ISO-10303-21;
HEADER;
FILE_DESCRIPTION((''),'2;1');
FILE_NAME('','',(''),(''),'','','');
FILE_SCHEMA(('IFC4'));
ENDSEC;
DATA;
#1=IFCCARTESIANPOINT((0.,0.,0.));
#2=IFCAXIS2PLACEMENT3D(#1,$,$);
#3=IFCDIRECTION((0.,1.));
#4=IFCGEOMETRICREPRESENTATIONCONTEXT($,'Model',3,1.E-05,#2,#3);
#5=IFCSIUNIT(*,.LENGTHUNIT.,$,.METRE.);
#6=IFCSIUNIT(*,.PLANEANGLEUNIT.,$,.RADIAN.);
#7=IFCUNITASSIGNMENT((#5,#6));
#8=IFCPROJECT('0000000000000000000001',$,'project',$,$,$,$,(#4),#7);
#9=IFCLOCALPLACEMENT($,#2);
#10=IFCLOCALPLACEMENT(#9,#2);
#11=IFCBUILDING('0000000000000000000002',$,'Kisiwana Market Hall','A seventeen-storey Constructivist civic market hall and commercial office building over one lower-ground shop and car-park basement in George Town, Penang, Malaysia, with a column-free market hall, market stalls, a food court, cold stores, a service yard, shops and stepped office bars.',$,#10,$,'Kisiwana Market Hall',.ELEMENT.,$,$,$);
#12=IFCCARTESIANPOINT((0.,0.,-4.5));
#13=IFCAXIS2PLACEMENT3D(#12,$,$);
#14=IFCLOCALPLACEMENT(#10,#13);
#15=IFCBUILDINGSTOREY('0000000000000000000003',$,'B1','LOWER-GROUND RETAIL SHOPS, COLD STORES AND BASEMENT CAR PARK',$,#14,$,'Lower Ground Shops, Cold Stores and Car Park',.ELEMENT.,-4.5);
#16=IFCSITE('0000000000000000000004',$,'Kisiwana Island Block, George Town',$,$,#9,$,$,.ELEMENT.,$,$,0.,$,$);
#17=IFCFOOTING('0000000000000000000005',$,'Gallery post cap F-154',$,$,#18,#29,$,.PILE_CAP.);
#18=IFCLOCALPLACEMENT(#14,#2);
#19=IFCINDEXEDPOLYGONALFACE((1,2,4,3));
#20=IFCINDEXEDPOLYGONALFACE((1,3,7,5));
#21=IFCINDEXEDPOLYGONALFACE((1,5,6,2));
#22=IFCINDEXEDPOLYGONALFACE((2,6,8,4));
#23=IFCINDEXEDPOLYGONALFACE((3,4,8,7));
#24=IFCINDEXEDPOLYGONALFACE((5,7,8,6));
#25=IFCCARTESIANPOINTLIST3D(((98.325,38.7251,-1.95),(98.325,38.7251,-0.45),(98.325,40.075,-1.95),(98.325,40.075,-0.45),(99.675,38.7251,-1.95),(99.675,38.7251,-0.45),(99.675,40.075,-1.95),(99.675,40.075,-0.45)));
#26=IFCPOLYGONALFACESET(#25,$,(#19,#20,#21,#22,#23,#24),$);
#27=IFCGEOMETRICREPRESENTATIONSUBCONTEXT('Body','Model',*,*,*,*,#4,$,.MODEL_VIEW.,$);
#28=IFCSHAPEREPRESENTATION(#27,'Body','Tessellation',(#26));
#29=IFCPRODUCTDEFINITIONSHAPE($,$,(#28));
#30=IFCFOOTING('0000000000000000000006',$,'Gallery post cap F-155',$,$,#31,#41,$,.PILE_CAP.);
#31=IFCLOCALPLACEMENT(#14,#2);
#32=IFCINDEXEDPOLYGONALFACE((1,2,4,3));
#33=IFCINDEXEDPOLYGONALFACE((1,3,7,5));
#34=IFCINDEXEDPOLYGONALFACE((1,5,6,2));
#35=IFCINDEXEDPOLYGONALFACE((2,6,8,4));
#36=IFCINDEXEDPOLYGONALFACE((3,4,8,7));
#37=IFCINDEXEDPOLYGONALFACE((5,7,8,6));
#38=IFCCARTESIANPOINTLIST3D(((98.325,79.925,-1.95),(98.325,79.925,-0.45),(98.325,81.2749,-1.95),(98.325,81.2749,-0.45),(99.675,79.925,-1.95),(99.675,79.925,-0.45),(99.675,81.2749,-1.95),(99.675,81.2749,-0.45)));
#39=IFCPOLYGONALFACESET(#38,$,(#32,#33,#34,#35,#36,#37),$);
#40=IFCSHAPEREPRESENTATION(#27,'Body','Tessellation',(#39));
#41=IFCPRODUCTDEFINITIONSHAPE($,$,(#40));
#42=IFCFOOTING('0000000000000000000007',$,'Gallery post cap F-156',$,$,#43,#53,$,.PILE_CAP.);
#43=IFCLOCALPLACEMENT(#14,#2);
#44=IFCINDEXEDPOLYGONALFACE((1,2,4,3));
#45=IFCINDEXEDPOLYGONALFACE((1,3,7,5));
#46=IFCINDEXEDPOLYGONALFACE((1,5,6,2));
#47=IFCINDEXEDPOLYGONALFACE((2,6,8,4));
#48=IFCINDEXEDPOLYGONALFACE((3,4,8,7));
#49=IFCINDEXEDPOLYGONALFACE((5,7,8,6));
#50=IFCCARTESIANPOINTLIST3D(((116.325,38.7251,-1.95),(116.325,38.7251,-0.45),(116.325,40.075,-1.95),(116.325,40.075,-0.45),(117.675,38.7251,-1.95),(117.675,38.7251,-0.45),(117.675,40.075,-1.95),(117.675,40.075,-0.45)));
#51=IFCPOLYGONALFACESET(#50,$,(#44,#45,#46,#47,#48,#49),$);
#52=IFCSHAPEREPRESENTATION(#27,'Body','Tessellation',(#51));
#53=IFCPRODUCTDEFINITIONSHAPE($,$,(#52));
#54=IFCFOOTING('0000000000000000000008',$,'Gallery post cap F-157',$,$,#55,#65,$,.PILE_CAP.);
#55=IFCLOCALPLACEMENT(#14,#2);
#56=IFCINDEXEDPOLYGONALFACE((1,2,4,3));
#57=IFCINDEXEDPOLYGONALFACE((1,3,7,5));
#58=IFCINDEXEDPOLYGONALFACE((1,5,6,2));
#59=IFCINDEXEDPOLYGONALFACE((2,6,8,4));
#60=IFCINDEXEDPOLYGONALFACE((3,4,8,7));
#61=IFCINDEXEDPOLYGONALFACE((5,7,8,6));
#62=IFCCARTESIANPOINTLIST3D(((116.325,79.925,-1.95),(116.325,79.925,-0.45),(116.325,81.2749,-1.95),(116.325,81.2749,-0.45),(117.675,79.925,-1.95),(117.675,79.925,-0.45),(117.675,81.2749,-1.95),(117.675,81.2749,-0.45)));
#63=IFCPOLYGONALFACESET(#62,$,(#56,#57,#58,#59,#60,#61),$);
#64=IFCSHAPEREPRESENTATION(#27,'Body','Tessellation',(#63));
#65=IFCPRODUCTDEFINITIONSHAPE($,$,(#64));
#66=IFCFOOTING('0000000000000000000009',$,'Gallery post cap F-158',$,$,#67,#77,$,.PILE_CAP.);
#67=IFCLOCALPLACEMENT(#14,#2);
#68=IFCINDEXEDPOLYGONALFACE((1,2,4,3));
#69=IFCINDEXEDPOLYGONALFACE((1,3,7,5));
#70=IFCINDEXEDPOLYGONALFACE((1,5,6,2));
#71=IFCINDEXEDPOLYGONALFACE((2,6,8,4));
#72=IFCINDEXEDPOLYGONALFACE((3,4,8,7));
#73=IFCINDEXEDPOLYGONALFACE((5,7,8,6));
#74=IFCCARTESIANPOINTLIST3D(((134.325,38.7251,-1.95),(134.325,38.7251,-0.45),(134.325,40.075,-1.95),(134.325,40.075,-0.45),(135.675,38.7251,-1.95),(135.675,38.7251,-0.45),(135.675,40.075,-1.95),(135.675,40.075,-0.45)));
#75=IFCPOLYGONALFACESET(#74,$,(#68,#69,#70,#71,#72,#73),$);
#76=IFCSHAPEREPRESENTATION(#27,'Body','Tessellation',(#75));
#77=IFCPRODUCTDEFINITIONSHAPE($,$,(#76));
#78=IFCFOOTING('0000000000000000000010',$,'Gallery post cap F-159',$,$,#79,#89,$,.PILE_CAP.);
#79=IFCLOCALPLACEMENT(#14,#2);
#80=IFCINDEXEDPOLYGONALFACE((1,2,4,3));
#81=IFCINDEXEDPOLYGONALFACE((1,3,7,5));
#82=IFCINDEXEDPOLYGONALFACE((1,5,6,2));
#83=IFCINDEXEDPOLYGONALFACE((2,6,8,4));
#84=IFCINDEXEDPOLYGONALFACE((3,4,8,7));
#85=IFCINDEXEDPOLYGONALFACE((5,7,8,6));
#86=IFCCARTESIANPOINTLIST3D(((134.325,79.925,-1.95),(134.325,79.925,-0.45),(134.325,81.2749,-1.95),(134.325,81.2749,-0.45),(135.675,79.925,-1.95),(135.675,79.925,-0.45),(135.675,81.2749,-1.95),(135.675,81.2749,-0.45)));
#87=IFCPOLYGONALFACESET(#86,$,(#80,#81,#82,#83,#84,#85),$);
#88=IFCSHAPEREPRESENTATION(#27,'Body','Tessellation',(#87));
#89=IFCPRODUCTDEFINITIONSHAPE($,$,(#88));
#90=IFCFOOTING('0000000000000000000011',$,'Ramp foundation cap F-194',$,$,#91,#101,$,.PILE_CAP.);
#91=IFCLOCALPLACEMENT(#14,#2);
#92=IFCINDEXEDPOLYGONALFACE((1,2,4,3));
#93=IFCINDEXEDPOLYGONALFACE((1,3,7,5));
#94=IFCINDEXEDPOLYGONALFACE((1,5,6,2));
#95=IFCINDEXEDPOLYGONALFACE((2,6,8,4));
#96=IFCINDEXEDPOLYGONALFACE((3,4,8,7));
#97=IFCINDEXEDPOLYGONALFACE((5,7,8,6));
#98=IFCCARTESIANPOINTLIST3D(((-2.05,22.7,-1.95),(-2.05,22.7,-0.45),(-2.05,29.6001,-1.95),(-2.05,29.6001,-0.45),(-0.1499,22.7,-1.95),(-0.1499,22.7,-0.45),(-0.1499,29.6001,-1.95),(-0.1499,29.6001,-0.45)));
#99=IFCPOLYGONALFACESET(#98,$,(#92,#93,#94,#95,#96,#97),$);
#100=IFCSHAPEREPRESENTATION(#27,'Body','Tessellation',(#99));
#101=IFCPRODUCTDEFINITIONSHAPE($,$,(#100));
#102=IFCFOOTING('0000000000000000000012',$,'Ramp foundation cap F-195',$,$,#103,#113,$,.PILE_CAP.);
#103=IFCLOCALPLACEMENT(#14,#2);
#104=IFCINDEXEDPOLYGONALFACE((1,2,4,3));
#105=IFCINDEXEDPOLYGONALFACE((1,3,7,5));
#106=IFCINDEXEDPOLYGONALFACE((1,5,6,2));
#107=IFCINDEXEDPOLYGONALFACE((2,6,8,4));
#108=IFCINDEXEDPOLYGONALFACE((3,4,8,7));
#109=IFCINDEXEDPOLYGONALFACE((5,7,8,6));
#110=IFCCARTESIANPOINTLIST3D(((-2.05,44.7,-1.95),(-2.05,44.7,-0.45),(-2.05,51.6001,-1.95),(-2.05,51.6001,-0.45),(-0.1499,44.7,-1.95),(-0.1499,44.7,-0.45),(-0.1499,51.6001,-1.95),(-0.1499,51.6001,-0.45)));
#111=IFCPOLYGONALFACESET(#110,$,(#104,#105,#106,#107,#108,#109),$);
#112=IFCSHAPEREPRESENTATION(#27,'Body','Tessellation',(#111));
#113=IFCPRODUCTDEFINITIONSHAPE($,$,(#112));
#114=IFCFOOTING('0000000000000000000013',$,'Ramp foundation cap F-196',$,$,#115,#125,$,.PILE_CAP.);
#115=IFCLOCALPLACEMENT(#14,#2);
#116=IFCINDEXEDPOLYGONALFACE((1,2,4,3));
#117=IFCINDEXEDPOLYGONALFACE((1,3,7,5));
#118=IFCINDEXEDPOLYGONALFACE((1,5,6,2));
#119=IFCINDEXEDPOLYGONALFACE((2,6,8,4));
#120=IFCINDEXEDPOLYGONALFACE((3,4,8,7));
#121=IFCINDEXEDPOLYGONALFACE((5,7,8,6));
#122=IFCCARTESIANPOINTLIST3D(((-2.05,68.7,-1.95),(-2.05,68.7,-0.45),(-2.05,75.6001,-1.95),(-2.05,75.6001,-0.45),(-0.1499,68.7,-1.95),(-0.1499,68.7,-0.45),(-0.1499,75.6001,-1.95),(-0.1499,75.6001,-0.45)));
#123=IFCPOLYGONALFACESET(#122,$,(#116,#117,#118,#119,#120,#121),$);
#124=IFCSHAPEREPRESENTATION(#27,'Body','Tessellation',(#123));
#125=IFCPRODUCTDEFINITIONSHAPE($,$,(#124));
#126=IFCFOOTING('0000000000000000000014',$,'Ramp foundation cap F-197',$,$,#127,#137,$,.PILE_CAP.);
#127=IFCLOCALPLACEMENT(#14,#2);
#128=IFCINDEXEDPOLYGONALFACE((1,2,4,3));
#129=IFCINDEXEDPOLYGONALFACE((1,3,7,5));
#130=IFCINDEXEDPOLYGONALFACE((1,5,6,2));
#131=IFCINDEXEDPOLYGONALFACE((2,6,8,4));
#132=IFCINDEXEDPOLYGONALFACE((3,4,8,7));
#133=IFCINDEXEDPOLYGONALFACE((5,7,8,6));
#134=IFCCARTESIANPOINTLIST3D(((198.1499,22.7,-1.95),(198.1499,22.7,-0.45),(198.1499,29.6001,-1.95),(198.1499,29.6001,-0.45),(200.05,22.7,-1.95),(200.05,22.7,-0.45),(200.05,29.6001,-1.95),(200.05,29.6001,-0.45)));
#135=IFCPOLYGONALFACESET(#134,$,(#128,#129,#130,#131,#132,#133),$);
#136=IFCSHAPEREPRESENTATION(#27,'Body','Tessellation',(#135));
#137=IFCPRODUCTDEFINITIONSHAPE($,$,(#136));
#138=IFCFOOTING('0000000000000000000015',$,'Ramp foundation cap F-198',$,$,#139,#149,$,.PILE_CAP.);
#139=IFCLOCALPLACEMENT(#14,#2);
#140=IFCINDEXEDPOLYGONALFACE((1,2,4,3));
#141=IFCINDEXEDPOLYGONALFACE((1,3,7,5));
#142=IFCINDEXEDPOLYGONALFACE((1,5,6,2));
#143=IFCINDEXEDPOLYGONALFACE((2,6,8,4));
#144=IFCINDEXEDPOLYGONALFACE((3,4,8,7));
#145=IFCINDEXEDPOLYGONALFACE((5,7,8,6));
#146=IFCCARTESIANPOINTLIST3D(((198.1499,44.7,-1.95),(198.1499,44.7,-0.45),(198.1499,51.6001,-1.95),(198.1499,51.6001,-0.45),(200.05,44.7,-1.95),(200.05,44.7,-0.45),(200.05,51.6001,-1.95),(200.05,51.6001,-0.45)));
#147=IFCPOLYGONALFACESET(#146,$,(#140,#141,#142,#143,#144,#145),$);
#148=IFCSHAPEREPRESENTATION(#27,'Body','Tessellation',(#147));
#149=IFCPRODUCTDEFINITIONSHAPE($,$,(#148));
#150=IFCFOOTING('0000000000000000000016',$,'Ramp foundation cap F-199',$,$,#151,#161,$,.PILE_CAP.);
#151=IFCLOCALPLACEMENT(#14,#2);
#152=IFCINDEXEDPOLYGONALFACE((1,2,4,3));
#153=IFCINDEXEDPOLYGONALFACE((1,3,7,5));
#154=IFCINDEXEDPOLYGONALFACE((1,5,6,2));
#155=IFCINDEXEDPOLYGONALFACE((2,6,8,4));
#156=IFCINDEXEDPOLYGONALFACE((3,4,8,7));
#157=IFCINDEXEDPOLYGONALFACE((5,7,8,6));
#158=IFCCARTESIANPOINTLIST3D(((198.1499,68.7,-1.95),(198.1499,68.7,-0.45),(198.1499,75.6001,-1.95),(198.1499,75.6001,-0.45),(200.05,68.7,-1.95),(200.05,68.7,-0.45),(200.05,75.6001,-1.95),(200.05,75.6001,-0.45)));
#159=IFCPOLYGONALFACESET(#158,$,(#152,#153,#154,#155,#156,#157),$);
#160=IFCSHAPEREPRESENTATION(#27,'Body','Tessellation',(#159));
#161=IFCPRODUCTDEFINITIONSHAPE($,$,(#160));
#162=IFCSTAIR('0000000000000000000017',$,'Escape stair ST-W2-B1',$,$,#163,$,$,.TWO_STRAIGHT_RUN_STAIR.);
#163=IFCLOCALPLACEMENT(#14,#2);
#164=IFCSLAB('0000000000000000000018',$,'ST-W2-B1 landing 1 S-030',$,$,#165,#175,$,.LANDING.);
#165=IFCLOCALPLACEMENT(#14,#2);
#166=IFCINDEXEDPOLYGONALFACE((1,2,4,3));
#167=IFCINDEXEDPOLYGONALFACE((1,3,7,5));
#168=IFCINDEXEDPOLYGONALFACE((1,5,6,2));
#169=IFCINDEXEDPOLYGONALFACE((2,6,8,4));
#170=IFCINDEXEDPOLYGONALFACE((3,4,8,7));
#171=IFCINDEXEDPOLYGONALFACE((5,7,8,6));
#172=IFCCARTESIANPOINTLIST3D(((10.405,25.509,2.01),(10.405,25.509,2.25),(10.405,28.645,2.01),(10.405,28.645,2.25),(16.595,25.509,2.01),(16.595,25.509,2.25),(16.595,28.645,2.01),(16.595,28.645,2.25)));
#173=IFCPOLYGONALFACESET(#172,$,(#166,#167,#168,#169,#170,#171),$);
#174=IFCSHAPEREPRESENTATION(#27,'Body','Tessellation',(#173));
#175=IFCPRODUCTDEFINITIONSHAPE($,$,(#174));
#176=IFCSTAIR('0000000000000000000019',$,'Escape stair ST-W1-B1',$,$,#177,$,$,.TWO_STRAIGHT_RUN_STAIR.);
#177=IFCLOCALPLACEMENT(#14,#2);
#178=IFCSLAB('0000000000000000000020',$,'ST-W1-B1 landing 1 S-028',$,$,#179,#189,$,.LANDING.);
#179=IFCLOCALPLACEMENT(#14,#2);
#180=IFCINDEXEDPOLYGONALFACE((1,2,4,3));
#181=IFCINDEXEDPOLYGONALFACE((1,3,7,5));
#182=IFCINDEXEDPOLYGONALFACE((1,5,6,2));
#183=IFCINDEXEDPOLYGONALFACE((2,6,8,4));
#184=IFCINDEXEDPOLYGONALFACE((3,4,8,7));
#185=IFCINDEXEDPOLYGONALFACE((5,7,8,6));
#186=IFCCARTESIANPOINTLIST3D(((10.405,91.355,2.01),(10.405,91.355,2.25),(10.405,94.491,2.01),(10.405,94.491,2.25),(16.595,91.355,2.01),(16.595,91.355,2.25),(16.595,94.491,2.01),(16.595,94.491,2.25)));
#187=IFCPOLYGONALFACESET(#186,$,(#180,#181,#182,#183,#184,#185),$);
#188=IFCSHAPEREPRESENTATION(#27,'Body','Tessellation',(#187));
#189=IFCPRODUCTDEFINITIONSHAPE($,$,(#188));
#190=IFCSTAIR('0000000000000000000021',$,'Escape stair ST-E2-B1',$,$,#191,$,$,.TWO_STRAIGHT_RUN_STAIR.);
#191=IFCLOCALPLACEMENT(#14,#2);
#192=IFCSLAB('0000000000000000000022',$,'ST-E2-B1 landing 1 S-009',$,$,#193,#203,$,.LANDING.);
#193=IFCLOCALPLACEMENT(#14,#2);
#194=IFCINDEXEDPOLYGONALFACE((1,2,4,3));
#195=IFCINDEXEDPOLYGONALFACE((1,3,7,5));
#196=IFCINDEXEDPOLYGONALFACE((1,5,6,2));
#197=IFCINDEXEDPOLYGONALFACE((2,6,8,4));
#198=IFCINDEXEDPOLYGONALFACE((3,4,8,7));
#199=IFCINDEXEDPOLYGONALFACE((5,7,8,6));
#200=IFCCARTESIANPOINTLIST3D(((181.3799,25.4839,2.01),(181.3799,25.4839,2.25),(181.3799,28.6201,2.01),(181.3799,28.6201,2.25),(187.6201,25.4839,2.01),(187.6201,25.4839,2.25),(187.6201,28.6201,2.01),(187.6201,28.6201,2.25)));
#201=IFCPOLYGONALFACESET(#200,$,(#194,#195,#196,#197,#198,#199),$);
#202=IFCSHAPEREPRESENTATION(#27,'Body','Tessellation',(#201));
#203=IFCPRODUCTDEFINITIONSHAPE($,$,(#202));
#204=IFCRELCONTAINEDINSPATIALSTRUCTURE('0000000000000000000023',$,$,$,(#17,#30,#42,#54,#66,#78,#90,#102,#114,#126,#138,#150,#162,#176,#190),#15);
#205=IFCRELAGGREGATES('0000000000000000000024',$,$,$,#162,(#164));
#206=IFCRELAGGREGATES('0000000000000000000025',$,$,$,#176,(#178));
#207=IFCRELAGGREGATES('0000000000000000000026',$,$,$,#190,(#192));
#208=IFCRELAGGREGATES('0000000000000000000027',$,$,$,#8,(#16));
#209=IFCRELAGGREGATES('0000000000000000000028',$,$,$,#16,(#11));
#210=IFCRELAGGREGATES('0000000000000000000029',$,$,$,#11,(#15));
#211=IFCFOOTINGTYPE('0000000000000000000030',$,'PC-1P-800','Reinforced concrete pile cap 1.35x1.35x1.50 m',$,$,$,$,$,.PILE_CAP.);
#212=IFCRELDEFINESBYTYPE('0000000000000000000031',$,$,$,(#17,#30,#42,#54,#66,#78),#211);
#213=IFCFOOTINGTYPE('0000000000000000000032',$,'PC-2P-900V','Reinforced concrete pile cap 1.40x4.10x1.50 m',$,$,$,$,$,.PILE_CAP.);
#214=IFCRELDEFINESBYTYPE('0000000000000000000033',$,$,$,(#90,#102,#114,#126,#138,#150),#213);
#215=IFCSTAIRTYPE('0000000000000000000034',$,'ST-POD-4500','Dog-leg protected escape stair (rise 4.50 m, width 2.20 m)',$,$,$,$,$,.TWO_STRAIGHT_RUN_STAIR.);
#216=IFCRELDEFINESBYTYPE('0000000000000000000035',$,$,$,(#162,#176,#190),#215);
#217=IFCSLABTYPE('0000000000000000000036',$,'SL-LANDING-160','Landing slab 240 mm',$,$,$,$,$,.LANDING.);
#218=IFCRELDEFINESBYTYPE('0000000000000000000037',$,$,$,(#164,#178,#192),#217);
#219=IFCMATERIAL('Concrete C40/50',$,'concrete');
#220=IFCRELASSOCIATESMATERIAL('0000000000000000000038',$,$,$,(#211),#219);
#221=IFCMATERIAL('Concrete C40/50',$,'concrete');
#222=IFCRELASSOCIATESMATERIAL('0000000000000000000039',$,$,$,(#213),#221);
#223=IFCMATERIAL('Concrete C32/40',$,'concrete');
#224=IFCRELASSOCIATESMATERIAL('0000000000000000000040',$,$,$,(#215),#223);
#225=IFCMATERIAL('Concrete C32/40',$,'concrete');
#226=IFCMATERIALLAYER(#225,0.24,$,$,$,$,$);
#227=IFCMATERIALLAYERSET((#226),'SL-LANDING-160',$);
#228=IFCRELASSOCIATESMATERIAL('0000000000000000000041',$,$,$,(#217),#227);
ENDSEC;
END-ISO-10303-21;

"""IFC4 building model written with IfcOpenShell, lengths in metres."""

from ifc_helpers import new_model, si_unit, direction, frame, origin, place, context, subcontext, project, spatial, polyline, outline, extrude, material, layer, layer_set, type_object, element, aggregate, save


model = new_model("IFC4")

# Units and contexts
model_context = context("Model", 3, precision=1e-05, world=origin(), true_north=direction((0.0, 1.0)))
body_context = subcontext(model_context, "Body", "Model", "MODEL_VIEW")
ifc_project = project(units=[si_unit("LENGTHUNIT", "METRE"), si_unit("PLANEANGLEUNIT", "RADIAN")], contexts=[model_context])

# Site, building, storey
site_placement = place(None, origin())
site = spatial("IfcSite", under=ifc_project, at=site_placement, Name="Kisiwana Island Block, George Town", CompositionType="ELEMENT", RefElevation=0.0)
building_placement = place(site_placement, origin())
building = spatial("IfcBuilding", under=site, at=building_placement, Name="Kisiwana Market Hall", Description="A seventeen-storey Constructivist civic market hall and commercial office building over one lower-ground shop and car-park basement in George Town, Penang, Malaysia, with a column-free market hall, market stalls, a food court, cold stores, a service yard, shops and stepped office bars.", LongName="Kisiwana Market Hall", CompositionType="ELEMENT")
storey_placement = place(building_placement, frame((0.0, 0.0, -4.5)))
storey = spatial("IfcBuildingStorey", under=building, at=storey_placement, Name="B1", Description="LOWER-GROUND RETAIL SHOPS, COLD STORES AND BASEMENT CAR PARK", LongName="Lower Ground Shops, Cold Stores and Car Park", CompositionType="ELEMENT", Elevation=-4.5)

# Footings
ifc_material_1 = material(Name="Concrete C40/50", Category="concrete")
footing_type_1 = type_object("IfcFootingType", Name="PC-1P-800", Description="Reinforced concrete pile cap 1.35x1.35x1.50 m", PredefinedType="PILE_CAP", material=ifc_material_1)
footing_1_placement = place(storey_placement, frame((0.0, 0.0, -1.95)))
element("IfcFooting", 1, at=footing_1_placement, inside=storey, type_object=footing_type_1, Name="Gallery post cap F-154", PredefinedType="PILE_CAP", context=body_context, shape_type="SweptSolid", body=[
    extrude(outline(polyline([(98.325, 38.7251), (99.675, 38.7251), (99.675, 40.075), (98.325, 40.075), (98.325, 38.7251)])), origin(), (0.0, 0.0, 1.0), 1.5),
])
footing_2_placement = place(storey_placement, frame((0.0, 0.0, -1.95)))
element("IfcFooting", 2, at=footing_2_placement, inside=storey, type_object=footing_type_1, Name="Gallery post cap F-155", PredefinedType="PILE_CAP", context=body_context, shape_type="SweptSolid", body=[
    extrude(outline(polyline([(98.325, 79.925), (99.675, 79.925), (99.675, 81.2749), (98.325, 81.2749), (98.325, 79.925)])), origin(), (0.0, 0.0, 1.0), 1.5),
])
footing_3_placement = place(storey_placement, frame((0.0, 0.0, -1.95)))
element("IfcFooting", 3, at=footing_3_placement, inside=storey, type_object=footing_type_1, Name="Gallery post cap F-156", PredefinedType="PILE_CAP", context=body_context, shape_type="SweptSolid", body=[
    extrude(outline(polyline([(116.325, 38.7251), (117.675, 38.7251), (117.675, 40.075), (116.325, 40.075), (116.325, 38.7251)])), origin(), (0.0, 0.0, 1.0), 1.5),
])
footing_4_placement = place(storey_placement, frame((0.0, 0.0, -1.95)))
element("IfcFooting", 4, at=footing_4_placement, inside=storey, type_object=footing_type_1, Name="Gallery post cap F-157", PredefinedType="PILE_CAP", context=body_context, shape_type="SweptSolid", body=[
    extrude(outline(polyline([(116.325, 79.925), (117.675, 79.925), (117.675, 81.2749), (116.325, 81.2749), (116.325, 79.925)])), origin(), (0.0, 0.0, 1.0), 1.5),
])
footing_5_placement = place(storey_placement, frame((0.0, 0.0, -1.95)))
element("IfcFooting", 5, at=footing_5_placement, inside=storey, type_object=footing_type_1, Name="Gallery post cap F-158", PredefinedType="PILE_CAP", context=body_context, shape_type="SweptSolid", body=[
    extrude(outline(polyline([(134.325, 38.7251), (135.675, 38.7251), (135.675, 40.075), (134.325, 40.075), (134.325, 38.7251)])), origin(), (0.0, 0.0, 1.0), 1.5),
])
footing_6_placement = place(storey_placement, frame((0.0, 0.0, -1.95)))
element("IfcFooting", 6, at=footing_6_placement, inside=storey, type_object=footing_type_1, Name="Gallery post cap F-159", PredefinedType="PILE_CAP", context=body_context, shape_type="SweptSolid", body=[
    extrude(outline(polyline([(134.325, 79.925), (135.675, 79.925), (135.675, 81.2749), (134.325, 81.2749), (134.325, 79.925)])), origin(), (0.0, 0.0, 1.0), 1.5),
])
ifc_material_2 = material(Name="Concrete C40/50", Category="concrete")
footing_type_2 = type_object("IfcFootingType", Name="PC-2P-900V", Description="Reinforced concrete pile cap 1.40x4.10x1.50 m", PredefinedType="PILE_CAP", material=ifc_material_2)
footing_7_placement = place(storey_placement, frame((0.0, 0.0, -1.95)))
element("IfcFooting", 7, at=footing_7_placement, inside=storey, type_object=footing_type_2, Name="Ramp foundation cap F-194", PredefinedType="PILE_CAP", context=body_context, shape_type="SweptSolid", body=[
    extrude(outline(polyline([(-2.05, 22.7), (-0.1499, 22.7), (-0.1499, 29.6001), (-2.05, 29.6001), (-2.05, 22.7)])), origin(), (0.0, 0.0, 1.0), 1.5),
])
footing_8_placement = place(storey_placement, frame((0.0, 0.0, -1.95)))
element("IfcFooting", 8, at=footing_8_placement, inside=storey, type_object=footing_type_2, Name="Ramp foundation cap F-195", PredefinedType="PILE_CAP", context=body_context, shape_type="SweptSolid", body=[
    extrude(outline(polyline([(-2.05, 44.7), (-0.1499, 44.7), (-0.1499, 51.6001), (-2.05, 51.6001), (-2.05, 44.7)])), origin(), (0.0, 0.0, 1.0), 1.5),
])
footing_9_placement = place(storey_placement, frame((0.0, 0.0, -1.95)))
element("IfcFooting", 9, at=footing_9_placement, inside=storey, type_object=footing_type_2, Name="Ramp foundation cap F-196", PredefinedType="PILE_CAP", context=body_context, shape_type="SweptSolid", body=[
    extrude(outline(polyline([(-2.05, 68.7), (-0.1499, 68.7), (-0.1499, 75.6001), (-2.05, 75.6001), (-2.05, 68.7)])), origin(), (0.0, 0.0, 1.0), 1.5),
])
footing_10_placement = place(storey_placement, frame((0.0, 0.0, -1.95)))
element("IfcFooting", 10, at=footing_10_placement, inside=storey, type_object=footing_type_2, Name="Ramp foundation cap F-197", PredefinedType="PILE_CAP", context=body_context, shape_type="SweptSolid", body=[
    extrude(outline(polyline([(198.1499, 22.7), (200.05, 22.7), (200.05, 29.6001), (198.1499, 29.6001), (198.1499, 22.7)])), origin(), (0.0, 0.0, 1.0), 1.5),
])
footing_11_placement = place(storey_placement, frame((0.0, 0.0, -1.95)))
element("IfcFooting", 11, at=footing_11_placement, inside=storey, type_object=footing_type_2, Name="Ramp foundation cap F-198", PredefinedType="PILE_CAP", context=body_context, shape_type="SweptSolid", body=[
    extrude(outline(polyline([(198.1499, 44.7), (200.05, 44.7), (200.05, 51.6001), (198.1499, 51.6001), (198.1499, 44.7)])), origin(), (0.0, 0.0, 1.0), 1.5),
])
footing_12_placement = place(storey_placement, frame((0.0, 0.0, -1.95)))
element("IfcFooting", 12, at=footing_12_placement, inside=storey, type_object=footing_type_2, Name="Ramp foundation cap F-199", PredefinedType="PILE_CAP", context=body_context, shape_type="SweptSolid", body=[
    extrude(outline(polyline([(198.1499, 68.7), (200.05, 68.7), (200.05, 75.6001), (198.1499, 75.6001), (198.1499, 68.7)])), origin(), (0.0, 0.0, 1.0), 1.5),
])

# Stairs, slabs
ifc_material_3 = material(Name="Concrete C32/40", Category="concrete")
stair_type_1 = type_object("IfcStairType", Name="ST-POD-4500", Description="Dog-leg protected escape stair (rise 4.50 m, width 2.20 m)", PredefinedType="TWO_STRAIGHT_RUN_STAIR", material=ifc_material_3)
stair_1_placement = place(storey_placement, origin())
stair_1 = element("IfcStair", 13, at=stair_1_placement, inside=storey, type_object=stair_type_1, Name="Escape stair ST-W2-B1", PredefinedType="TWO_STRAIGHT_RUN_STAIR")
ifc_material_4 = material(Name="Concrete C32/40", Category="concrete")
ifc_layer = layer(ifc_material_4, 0.24)
ifc_layer_set = layer_set([ifc_layer], Name="SL-LANDING-160")
slab_type = type_object("IfcSlabType", Name="SL-LANDING-160", Description="Landing slab 240 mm", PredefinedType="LANDING", material=ifc_layer_set)
slab_1_placement = place(storey_placement, frame((0.0, 0.0, 2.01)))
slab_1 = element("IfcSlab", 14, at=slab_1_placement, type_object=slab_type, Name="ST-W2-B1 landing 1 S-030", PredefinedType="LANDING", context=body_context, shape_type="SweptSolid", body=[
    extrude(outline(polyline([(10.405, 25.509), (16.595, 25.509), (16.595, 28.645), (10.405, 28.645), (10.405, 25.509)])), origin(), (0.0, 0.0, 1.0), 0.24),
])
aggregate(stair_1, [slab_1])
stair_2_placement = place(storey_placement, origin())
stair_2 = element("IfcStair", 15, at=stair_2_placement, inside=storey, type_object=stair_type_1, Name="Escape stair ST-W1-B1", PredefinedType="TWO_STRAIGHT_RUN_STAIR")
slab_2_placement = place(storey_placement, frame((0.0, 0.0, 2.01)))
slab_2 = element("IfcSlab", 16, at=slab_2_placement, type_object=slab_type, Name="ST-W1-B1 landing 1 S-028", PredefinedType="LANDING", context=body_context, shape_type="SweptSolid", body=[
    extrude(outline(polyline([(10.405, 91.355), (16.595, 91.355), (16.595, 94.491), (10.405, 94.491), (10.405, 91.355)])), origin(), (0.0, 0.0, 1.0), 0.24),
])
aggregate(stair_2, [slab_2])
stair_3_placement = place(storey_placement, origin())
stair_3 = element("IfcStair", 17, at=stair_3_placement, inside=storey, type_object=stair_type_1, Name="Escape stair ST-E2-B1", PredefinedType="TWO_STRAIGHT_RUN_STAIR")
slab_3_placement = place(storey_placement, frame((0.0, 0.0, 2.01)))
slab_3 = element("IfcSlab", 18, at=slab_3_placement, type_object=slab_type, Name="ST-E2-B1 landing 1 S-009", PredefinedType="LANDING", context=body_context, shape_type="SweptSolid", body=[
    extrude(outline(polyline([(181.3799, 25.4839), (187.6201, 25.4839), (187.6201, 28.6201), (181.3799, 28.6201), (181.3799, 25.4839)])), origin(), (0.0, 0.0, 1.0), 0.24),
])
aggregate(stair_3, [slab_3])

save(model, "model.ifc")
